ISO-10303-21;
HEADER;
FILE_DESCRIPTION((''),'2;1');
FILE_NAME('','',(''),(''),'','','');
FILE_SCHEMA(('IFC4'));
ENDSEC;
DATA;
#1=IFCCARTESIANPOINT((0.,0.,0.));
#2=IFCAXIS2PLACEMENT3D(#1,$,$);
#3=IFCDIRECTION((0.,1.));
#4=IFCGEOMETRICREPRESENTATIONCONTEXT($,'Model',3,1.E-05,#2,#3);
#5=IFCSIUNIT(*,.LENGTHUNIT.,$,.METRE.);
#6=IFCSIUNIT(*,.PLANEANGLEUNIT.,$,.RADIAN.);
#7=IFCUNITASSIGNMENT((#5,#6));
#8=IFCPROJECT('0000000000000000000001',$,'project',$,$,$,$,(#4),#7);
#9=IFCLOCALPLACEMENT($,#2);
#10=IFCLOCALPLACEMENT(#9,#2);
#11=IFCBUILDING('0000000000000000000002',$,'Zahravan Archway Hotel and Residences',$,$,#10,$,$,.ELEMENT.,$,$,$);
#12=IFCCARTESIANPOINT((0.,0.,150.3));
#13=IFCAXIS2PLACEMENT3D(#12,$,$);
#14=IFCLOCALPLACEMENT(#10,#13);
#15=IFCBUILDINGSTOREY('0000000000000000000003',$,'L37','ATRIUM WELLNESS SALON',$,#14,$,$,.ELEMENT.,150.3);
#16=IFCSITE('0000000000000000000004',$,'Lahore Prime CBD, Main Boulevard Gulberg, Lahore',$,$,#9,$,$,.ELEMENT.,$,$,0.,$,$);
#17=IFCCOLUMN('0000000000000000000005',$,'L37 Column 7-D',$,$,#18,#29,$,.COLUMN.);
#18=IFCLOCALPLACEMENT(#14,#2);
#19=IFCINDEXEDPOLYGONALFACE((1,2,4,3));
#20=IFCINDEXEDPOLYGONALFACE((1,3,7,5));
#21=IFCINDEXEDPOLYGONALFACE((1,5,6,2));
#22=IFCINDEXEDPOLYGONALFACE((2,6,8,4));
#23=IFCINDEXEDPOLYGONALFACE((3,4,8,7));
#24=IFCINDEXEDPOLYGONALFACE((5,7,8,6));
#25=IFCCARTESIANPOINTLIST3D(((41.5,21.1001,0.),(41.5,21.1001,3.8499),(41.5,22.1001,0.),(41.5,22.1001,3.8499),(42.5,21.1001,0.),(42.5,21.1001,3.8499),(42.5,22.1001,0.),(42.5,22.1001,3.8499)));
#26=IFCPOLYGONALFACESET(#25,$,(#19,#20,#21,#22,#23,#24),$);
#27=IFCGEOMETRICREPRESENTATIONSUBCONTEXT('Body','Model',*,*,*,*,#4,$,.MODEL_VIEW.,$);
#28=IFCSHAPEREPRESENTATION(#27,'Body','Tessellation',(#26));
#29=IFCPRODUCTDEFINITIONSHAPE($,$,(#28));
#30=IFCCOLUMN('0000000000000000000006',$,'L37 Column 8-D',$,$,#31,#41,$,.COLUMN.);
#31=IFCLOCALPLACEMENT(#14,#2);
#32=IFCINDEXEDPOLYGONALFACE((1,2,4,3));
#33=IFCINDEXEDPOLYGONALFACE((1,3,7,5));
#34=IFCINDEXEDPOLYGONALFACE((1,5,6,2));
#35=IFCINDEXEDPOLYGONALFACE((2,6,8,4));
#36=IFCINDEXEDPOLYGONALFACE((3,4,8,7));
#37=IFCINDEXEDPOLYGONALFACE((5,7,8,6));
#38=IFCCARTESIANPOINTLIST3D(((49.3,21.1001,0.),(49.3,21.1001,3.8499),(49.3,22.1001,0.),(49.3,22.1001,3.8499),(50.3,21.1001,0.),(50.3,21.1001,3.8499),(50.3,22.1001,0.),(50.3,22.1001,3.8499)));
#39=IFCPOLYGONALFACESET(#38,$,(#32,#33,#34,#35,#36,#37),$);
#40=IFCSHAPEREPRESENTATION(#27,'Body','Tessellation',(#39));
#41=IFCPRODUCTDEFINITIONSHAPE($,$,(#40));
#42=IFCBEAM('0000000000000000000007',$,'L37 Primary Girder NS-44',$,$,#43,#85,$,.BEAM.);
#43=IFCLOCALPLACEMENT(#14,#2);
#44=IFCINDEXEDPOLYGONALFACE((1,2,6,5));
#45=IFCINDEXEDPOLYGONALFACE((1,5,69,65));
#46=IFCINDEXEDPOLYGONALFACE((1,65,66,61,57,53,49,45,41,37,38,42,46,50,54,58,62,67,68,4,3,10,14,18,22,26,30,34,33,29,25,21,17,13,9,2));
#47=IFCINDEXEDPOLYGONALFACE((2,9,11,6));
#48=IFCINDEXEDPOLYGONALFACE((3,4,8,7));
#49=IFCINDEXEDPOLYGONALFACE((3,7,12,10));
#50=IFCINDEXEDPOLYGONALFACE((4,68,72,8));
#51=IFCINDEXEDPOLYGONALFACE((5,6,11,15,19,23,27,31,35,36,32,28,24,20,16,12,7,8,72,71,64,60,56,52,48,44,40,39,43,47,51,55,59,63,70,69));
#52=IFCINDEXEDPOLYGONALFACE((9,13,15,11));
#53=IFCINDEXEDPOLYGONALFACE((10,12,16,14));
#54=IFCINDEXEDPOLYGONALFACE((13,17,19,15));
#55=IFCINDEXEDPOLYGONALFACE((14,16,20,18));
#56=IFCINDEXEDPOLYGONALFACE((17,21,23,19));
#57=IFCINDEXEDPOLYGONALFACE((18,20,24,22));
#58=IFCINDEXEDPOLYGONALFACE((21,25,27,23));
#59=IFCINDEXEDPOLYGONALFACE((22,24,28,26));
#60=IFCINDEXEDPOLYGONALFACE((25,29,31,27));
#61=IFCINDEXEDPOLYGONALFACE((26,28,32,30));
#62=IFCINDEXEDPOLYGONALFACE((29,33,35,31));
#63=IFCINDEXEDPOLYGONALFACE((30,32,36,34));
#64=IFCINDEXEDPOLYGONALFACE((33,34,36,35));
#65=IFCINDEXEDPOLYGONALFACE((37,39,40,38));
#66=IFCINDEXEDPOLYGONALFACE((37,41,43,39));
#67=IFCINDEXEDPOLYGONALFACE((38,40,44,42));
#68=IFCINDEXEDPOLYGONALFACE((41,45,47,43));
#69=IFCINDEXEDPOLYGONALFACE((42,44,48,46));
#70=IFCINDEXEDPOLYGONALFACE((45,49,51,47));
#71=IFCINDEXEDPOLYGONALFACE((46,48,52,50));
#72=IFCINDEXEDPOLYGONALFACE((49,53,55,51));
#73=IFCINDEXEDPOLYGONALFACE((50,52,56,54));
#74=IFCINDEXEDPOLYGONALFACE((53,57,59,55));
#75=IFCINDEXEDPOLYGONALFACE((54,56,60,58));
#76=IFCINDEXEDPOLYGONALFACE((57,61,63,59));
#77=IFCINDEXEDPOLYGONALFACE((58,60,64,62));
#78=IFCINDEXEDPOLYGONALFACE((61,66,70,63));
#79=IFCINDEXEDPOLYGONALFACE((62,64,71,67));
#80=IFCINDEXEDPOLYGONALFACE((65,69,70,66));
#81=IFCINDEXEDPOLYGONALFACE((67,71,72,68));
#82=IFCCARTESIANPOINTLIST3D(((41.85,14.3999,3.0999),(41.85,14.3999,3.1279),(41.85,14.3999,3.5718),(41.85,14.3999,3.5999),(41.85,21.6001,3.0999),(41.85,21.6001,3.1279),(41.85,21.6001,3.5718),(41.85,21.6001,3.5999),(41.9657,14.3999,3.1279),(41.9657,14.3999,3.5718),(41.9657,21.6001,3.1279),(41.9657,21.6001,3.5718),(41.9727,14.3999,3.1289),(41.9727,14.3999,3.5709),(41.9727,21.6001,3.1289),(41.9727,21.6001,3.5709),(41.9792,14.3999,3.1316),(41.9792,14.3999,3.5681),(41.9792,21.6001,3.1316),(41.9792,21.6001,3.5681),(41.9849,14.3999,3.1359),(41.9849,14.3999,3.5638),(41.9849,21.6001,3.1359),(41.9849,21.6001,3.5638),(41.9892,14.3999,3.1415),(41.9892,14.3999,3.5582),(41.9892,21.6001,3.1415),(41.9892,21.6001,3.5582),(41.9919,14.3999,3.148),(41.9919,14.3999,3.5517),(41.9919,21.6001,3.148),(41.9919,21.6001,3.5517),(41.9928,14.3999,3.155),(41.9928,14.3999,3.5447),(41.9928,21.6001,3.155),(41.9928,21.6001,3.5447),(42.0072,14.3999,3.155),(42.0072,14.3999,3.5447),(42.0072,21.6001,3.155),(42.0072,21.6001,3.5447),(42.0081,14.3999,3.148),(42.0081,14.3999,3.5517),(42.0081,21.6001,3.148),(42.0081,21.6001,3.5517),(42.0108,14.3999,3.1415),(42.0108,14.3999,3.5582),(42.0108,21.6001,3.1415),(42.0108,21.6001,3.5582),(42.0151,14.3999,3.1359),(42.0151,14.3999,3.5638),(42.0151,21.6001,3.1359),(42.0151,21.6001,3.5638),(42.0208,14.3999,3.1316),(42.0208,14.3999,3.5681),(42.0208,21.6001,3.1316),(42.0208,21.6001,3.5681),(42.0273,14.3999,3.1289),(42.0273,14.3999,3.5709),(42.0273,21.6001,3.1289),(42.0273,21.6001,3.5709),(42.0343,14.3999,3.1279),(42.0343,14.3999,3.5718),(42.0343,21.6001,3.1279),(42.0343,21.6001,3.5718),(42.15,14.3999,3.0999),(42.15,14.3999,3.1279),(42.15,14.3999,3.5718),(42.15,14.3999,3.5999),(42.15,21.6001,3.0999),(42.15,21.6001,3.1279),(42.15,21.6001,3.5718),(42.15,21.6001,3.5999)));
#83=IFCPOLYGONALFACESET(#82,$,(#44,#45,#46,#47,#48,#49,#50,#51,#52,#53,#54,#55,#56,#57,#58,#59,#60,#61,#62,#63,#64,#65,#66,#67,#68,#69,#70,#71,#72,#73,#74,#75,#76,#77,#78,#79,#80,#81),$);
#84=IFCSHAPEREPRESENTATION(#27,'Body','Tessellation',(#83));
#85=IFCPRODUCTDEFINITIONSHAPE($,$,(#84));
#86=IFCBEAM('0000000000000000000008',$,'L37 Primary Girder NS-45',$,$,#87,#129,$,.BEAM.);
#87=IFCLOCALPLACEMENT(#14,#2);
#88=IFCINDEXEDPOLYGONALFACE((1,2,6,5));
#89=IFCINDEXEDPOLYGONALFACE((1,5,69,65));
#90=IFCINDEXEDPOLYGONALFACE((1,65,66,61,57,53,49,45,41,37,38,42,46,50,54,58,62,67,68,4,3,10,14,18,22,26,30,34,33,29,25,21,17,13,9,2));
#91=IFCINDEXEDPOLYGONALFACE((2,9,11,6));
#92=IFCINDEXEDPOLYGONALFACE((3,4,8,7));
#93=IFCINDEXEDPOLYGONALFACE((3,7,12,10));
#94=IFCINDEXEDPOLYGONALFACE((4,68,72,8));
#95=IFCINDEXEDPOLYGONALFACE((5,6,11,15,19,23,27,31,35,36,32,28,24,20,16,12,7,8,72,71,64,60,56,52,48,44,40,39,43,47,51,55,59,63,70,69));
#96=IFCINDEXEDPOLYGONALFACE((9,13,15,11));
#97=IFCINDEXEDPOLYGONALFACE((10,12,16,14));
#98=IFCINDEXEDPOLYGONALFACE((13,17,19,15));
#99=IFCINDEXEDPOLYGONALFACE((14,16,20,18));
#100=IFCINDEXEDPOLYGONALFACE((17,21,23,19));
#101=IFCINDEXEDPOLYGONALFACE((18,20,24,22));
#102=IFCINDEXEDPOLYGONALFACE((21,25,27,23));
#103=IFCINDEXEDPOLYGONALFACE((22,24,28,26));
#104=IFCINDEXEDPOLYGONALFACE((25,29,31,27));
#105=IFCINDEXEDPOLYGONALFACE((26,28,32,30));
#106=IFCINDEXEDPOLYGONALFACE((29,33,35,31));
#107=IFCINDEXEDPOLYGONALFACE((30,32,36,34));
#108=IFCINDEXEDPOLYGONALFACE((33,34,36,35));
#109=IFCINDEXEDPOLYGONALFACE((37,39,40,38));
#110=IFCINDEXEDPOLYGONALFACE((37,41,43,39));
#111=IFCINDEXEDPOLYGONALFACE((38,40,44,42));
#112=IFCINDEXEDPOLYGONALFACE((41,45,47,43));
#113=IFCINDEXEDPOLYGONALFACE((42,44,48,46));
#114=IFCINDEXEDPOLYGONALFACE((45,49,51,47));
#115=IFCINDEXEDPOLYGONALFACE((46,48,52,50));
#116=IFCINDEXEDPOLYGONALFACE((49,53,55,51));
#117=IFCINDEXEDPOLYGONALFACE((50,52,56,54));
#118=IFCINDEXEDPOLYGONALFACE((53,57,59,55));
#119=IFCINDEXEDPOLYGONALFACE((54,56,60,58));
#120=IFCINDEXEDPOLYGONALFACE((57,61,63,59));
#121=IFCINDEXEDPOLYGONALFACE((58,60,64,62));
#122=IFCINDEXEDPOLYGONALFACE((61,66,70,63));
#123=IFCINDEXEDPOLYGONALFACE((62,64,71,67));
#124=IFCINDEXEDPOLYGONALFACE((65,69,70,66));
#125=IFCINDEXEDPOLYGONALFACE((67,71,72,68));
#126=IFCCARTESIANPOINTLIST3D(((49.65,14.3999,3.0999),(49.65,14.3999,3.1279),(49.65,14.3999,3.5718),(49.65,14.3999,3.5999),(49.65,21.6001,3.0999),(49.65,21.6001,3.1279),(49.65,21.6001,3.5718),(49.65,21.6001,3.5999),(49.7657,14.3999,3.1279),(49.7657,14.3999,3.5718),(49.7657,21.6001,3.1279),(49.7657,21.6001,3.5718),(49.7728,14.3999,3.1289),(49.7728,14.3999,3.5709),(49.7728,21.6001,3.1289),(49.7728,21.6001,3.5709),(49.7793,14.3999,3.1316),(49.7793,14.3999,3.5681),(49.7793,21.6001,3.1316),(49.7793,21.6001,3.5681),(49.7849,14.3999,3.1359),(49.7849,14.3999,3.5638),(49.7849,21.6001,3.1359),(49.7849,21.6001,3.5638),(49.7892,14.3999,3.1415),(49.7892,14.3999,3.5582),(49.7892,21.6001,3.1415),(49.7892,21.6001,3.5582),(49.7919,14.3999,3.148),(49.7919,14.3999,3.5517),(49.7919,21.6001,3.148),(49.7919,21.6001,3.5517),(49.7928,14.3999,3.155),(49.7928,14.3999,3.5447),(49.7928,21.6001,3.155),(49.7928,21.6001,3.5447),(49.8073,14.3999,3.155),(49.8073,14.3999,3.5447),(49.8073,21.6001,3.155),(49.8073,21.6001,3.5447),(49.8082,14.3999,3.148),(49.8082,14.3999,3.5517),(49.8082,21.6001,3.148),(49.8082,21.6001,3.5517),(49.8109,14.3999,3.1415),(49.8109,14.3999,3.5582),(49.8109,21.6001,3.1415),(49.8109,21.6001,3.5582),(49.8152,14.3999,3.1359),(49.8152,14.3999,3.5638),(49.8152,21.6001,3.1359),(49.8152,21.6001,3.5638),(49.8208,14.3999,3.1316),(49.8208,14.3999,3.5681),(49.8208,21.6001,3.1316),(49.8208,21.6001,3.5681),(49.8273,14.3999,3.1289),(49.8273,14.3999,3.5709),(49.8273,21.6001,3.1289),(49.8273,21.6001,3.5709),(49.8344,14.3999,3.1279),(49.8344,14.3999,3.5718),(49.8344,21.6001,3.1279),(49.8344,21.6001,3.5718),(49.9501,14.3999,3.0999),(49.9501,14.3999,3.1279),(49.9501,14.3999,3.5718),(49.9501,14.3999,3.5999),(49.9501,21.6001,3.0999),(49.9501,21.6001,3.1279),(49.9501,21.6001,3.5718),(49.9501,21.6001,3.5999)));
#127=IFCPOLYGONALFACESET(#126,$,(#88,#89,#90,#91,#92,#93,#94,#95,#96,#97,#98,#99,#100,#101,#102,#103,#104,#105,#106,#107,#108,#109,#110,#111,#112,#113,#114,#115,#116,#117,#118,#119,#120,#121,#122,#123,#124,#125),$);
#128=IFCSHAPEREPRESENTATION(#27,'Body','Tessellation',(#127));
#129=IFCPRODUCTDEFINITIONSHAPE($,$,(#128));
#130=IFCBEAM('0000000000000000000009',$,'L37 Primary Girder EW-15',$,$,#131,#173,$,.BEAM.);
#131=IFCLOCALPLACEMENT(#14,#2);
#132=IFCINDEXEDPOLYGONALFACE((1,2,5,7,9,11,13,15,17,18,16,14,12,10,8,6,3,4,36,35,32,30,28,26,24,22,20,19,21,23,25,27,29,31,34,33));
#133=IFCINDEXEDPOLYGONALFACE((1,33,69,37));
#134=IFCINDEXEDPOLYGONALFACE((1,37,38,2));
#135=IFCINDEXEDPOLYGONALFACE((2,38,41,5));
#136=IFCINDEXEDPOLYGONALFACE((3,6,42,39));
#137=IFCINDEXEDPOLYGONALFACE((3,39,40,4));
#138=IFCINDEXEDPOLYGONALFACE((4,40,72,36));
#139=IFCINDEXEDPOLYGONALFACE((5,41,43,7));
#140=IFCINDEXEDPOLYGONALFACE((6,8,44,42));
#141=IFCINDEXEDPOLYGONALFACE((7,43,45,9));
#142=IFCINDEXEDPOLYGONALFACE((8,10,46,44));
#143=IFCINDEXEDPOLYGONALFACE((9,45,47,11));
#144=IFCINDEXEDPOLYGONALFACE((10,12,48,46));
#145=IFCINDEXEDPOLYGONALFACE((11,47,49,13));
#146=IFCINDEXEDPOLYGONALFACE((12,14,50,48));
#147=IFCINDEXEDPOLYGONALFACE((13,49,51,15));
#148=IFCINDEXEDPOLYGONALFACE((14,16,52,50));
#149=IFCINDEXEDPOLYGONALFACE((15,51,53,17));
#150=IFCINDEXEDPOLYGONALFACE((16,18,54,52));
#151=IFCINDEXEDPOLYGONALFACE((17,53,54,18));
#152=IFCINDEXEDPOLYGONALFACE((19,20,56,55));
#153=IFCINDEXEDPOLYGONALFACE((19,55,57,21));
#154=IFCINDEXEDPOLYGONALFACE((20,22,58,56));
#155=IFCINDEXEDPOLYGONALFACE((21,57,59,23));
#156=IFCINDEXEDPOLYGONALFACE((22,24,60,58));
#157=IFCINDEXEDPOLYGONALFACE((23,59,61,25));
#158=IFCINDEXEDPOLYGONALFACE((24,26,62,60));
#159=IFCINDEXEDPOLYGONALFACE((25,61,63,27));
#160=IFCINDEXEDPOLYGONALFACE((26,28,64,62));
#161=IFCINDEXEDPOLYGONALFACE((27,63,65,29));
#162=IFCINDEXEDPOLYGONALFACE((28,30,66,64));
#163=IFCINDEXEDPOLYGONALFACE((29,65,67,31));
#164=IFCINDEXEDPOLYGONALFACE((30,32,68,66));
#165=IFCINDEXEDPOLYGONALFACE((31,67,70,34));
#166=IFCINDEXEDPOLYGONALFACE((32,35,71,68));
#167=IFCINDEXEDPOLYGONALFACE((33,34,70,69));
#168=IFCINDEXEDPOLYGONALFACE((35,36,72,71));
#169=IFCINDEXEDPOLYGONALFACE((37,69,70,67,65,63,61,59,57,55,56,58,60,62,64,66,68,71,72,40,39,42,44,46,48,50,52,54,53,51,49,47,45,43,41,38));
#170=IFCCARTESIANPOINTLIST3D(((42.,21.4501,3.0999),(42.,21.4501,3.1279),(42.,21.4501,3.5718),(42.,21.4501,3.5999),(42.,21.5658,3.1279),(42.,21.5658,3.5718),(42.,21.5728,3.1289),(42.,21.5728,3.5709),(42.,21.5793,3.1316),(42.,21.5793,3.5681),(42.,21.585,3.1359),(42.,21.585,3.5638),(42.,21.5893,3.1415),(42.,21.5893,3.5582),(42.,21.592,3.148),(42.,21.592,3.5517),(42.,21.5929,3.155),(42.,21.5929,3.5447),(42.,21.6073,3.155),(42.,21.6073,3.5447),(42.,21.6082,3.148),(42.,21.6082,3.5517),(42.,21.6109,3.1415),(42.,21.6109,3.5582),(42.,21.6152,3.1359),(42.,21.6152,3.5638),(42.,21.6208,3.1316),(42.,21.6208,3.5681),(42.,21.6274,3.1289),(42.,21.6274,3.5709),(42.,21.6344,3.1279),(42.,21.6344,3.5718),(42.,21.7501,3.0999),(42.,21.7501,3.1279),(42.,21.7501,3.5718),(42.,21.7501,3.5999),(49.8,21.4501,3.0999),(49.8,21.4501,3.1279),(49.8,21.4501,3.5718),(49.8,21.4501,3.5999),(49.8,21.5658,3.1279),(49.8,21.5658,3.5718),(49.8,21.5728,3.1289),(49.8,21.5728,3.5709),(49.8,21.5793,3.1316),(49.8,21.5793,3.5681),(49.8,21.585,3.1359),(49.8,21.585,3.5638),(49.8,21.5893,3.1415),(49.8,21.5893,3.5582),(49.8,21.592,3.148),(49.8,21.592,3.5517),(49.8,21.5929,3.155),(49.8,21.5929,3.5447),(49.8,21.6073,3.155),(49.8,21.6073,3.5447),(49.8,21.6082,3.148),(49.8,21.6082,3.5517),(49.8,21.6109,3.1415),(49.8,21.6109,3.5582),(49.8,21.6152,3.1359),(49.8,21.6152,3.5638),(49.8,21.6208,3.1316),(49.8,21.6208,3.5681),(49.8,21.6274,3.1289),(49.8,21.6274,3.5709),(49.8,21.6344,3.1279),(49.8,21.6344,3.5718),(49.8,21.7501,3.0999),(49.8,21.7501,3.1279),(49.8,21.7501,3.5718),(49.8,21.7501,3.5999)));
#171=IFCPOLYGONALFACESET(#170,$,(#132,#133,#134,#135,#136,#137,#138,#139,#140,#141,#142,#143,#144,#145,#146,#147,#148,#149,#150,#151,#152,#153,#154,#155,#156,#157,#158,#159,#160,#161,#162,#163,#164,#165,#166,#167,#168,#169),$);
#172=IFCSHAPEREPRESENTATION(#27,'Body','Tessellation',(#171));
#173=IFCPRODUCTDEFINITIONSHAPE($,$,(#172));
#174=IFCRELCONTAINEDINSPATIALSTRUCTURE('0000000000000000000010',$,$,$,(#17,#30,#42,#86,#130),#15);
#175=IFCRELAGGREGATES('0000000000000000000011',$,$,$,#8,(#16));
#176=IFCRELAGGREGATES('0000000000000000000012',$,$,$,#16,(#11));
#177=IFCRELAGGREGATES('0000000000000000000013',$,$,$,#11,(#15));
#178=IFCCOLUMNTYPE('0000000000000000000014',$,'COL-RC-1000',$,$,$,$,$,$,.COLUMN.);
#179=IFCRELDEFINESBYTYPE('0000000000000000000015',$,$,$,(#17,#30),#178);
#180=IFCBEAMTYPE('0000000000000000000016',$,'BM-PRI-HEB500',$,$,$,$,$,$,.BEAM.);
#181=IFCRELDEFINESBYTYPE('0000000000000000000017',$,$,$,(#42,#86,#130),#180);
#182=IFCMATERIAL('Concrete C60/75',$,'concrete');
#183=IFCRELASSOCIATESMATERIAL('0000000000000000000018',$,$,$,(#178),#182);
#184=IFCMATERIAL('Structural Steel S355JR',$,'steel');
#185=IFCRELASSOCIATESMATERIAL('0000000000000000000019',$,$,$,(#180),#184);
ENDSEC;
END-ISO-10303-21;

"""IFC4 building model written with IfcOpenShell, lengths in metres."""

from ifc_helpers import new_model, si_unit, direction, frame, origin, origin_2d, place, context, subcontext, project, spatial, rectangle, i_section, extrude, source, transform, mapped, material, material_profile, profile_set, type_object, type_shapes, element, save


model = new_model("IFC4")

# Units and contexts
model_context = context("Model", 3, precision=1e-05, world=origin(), true_north=direction((0.0, 1.0)))
body_context = subcontext(model_context, "Body", "Model", "MODEL_VIEW")
ifc_project = project(units=[si_unit("LENGTHUNIT", "METRE"), si_unit("PLANEANGLEUNIT", "RADIAN")], contexts=[model_context])

# Site, building, storey
site_placement = place(None, origin())
site = spatial("IfcSite", under=ifc_project, at=site_placement, Name="Lahore Prime CBD, Main Boulevard Gulberg, Lahore", CompositionType="ELEMENT", RefElevation=0.0)
building_placement = place(site_placement, origin())
building = spatial("IfcBuilding", under=site, at=building_placement, Name="Zahravan Archway Hotel and Residences", CompositionType="ELEMENT")
storey_placement = place(building_placement, frame((0.0, 0.0, 150.3)))
storey = spatial("IfcBuildingStorey", under=building, at=storey_placement, Name="L37", Description="ATRIUM WELLNESS SALON", CompositionType="ELEMENT", Elevation=150.3)

# Columns
ifc_material_1 = material(Name="Concrete C60/75", Category="concrete")
ifc_material_profile_1 = material_profile(ifc_material_1, rectangle(XDim=1.0, YDim=1.0, at=origin_2d()), Name="RC-COL-1000x1000", Category="concrete")
ifc_profile_set_1 = profile_set([ifc_material_profile_1], Name="Concrete C60/75")
column_type = type_object("IfcColumnType", Name="COL-RC-1000", PredefinedType="COLUMN", material=ifc_profile_set_1)
shared_shape_1 = source(origin(), body_context, "Body", "SweptSolid", [
    extrude(rectangle(XDim=1.0, YDim=1.0, at=origin_2d()), origin(), (0.0, 0.0, 1.0), 3.8499),
])
for number, where, z_axis, x_axis, name in (
    (1, (42.0, 21.6001, 0.0), (0.0, 0.0, 1.0), (1.0, 0.0, 0.0), "L37 Column 7-D"),
    (2, (49.8, 21.6001, 0.0), (0.0, 0.0, 1.0), (1.0, 0.0, 0.0), "L37 Column 8-D"),
):
    element("IfcColumn", number, at=place(storey_placement, frame(where, z_axis=z_axis, x_axis=x_axis)), inside=storey, type_object=column_type, Name=name, PredefinedType="COLUMN", context=body_context, shape_type="MappedRepresentation", body=[
        mapped(shared_shape_1, transform((0.0, 0.0, 0.0), scale=1.0)),
    ])

# Beams
ifc_material_2 = material(Name="Structural Steel S355JR", Category="steel")
ifc_material_profile_2 = material_profile(ifc_material_2, i_section(OverallWidth=0.3, OverallDepth=0.5, WebThickness=0.0144, FlangeThickness=0.0281, FilletRadius=0.0271, at=origin_2d()), Name="HEB 500", Category="steel")
ifc_profile_set_2 = profile_set([ifc_material_profile_2], Name="Structural Steel S355JR")
beam_type = type_object("IfcBeamType", Name="BM-PRI-HEB500", PredefinedType="BEAM", material=ifc_profile_set_2)
shared_shape_2 = source(origin(), body_context, "Body", "SweptSolid", [
    extrude(i_section(OverallWidth=0.3, OverallDepth=0.5, WebThickness=0.0144, FlangeThickness=0.0281, FilletRadius=0.0271, at=origin_2d()), origin(), (0.0, 0.0, 1.0), 7.2002),
])
type_shapes(beam_type, [shared_shape_2])
for number, where, z_axis, x_axis, name in (
    (3, (42.0, 14.3999, 3.3499), (0.0, 1.0, 0.0), (-1.0, 0.0, 0.0), "L37 Primary Girder NS-44"),
    (4, (49.8, 14.3999, 3.3499), (0.0, 1.0, 0.0), (-1.0, 0.0, 0.0), "L37 Primary Girder NS-45"),
):
    element("IfcBeam", number, at=place(storey_placement, frame(where, z_axis=z_axis, x_axis=x_axis)), inside=storey, type_object=beam_type, Name=name, PredefinedType="BEAM", context=body_context, shape_type="MappedRepresentation", body=[
        mapped(shared_shape_2, transform((0.0, 0.0, 0.0), scale=1.0)),
    ])
shared_shape_3 = source(origin(), body_context, "Body", "SweptSolid", [
    extrude(i_section(OverallWidth=0.3, OverallDepth=0.5, WebThickness=0.0144, FlangeThickness=0.0281, FilletRadius=0.0271, at=origin_2d()), origin(), (0.0, 0.0, 1.0), 7.8),
])
beam_placement = place(storey_placement, frame((42.0, 21.6001, 3.3499), z_axis=(1.0, 0.0, 0.0), x_axis=(0.0, 1.0, 0.0)))
element("IfcBeam", 5, at=beam_placement, inside=storey, type_object=beam_type, Name="L37 Primary Girder EW-15", PredefinedType="BEAM", context=body_context, shape_type="MappedRepresentation", body=[
    mapped(shared_shape_3, transform((0.0, 0.0, 0.0), scale=1.0)),
])

save(model, "model.ifc")
